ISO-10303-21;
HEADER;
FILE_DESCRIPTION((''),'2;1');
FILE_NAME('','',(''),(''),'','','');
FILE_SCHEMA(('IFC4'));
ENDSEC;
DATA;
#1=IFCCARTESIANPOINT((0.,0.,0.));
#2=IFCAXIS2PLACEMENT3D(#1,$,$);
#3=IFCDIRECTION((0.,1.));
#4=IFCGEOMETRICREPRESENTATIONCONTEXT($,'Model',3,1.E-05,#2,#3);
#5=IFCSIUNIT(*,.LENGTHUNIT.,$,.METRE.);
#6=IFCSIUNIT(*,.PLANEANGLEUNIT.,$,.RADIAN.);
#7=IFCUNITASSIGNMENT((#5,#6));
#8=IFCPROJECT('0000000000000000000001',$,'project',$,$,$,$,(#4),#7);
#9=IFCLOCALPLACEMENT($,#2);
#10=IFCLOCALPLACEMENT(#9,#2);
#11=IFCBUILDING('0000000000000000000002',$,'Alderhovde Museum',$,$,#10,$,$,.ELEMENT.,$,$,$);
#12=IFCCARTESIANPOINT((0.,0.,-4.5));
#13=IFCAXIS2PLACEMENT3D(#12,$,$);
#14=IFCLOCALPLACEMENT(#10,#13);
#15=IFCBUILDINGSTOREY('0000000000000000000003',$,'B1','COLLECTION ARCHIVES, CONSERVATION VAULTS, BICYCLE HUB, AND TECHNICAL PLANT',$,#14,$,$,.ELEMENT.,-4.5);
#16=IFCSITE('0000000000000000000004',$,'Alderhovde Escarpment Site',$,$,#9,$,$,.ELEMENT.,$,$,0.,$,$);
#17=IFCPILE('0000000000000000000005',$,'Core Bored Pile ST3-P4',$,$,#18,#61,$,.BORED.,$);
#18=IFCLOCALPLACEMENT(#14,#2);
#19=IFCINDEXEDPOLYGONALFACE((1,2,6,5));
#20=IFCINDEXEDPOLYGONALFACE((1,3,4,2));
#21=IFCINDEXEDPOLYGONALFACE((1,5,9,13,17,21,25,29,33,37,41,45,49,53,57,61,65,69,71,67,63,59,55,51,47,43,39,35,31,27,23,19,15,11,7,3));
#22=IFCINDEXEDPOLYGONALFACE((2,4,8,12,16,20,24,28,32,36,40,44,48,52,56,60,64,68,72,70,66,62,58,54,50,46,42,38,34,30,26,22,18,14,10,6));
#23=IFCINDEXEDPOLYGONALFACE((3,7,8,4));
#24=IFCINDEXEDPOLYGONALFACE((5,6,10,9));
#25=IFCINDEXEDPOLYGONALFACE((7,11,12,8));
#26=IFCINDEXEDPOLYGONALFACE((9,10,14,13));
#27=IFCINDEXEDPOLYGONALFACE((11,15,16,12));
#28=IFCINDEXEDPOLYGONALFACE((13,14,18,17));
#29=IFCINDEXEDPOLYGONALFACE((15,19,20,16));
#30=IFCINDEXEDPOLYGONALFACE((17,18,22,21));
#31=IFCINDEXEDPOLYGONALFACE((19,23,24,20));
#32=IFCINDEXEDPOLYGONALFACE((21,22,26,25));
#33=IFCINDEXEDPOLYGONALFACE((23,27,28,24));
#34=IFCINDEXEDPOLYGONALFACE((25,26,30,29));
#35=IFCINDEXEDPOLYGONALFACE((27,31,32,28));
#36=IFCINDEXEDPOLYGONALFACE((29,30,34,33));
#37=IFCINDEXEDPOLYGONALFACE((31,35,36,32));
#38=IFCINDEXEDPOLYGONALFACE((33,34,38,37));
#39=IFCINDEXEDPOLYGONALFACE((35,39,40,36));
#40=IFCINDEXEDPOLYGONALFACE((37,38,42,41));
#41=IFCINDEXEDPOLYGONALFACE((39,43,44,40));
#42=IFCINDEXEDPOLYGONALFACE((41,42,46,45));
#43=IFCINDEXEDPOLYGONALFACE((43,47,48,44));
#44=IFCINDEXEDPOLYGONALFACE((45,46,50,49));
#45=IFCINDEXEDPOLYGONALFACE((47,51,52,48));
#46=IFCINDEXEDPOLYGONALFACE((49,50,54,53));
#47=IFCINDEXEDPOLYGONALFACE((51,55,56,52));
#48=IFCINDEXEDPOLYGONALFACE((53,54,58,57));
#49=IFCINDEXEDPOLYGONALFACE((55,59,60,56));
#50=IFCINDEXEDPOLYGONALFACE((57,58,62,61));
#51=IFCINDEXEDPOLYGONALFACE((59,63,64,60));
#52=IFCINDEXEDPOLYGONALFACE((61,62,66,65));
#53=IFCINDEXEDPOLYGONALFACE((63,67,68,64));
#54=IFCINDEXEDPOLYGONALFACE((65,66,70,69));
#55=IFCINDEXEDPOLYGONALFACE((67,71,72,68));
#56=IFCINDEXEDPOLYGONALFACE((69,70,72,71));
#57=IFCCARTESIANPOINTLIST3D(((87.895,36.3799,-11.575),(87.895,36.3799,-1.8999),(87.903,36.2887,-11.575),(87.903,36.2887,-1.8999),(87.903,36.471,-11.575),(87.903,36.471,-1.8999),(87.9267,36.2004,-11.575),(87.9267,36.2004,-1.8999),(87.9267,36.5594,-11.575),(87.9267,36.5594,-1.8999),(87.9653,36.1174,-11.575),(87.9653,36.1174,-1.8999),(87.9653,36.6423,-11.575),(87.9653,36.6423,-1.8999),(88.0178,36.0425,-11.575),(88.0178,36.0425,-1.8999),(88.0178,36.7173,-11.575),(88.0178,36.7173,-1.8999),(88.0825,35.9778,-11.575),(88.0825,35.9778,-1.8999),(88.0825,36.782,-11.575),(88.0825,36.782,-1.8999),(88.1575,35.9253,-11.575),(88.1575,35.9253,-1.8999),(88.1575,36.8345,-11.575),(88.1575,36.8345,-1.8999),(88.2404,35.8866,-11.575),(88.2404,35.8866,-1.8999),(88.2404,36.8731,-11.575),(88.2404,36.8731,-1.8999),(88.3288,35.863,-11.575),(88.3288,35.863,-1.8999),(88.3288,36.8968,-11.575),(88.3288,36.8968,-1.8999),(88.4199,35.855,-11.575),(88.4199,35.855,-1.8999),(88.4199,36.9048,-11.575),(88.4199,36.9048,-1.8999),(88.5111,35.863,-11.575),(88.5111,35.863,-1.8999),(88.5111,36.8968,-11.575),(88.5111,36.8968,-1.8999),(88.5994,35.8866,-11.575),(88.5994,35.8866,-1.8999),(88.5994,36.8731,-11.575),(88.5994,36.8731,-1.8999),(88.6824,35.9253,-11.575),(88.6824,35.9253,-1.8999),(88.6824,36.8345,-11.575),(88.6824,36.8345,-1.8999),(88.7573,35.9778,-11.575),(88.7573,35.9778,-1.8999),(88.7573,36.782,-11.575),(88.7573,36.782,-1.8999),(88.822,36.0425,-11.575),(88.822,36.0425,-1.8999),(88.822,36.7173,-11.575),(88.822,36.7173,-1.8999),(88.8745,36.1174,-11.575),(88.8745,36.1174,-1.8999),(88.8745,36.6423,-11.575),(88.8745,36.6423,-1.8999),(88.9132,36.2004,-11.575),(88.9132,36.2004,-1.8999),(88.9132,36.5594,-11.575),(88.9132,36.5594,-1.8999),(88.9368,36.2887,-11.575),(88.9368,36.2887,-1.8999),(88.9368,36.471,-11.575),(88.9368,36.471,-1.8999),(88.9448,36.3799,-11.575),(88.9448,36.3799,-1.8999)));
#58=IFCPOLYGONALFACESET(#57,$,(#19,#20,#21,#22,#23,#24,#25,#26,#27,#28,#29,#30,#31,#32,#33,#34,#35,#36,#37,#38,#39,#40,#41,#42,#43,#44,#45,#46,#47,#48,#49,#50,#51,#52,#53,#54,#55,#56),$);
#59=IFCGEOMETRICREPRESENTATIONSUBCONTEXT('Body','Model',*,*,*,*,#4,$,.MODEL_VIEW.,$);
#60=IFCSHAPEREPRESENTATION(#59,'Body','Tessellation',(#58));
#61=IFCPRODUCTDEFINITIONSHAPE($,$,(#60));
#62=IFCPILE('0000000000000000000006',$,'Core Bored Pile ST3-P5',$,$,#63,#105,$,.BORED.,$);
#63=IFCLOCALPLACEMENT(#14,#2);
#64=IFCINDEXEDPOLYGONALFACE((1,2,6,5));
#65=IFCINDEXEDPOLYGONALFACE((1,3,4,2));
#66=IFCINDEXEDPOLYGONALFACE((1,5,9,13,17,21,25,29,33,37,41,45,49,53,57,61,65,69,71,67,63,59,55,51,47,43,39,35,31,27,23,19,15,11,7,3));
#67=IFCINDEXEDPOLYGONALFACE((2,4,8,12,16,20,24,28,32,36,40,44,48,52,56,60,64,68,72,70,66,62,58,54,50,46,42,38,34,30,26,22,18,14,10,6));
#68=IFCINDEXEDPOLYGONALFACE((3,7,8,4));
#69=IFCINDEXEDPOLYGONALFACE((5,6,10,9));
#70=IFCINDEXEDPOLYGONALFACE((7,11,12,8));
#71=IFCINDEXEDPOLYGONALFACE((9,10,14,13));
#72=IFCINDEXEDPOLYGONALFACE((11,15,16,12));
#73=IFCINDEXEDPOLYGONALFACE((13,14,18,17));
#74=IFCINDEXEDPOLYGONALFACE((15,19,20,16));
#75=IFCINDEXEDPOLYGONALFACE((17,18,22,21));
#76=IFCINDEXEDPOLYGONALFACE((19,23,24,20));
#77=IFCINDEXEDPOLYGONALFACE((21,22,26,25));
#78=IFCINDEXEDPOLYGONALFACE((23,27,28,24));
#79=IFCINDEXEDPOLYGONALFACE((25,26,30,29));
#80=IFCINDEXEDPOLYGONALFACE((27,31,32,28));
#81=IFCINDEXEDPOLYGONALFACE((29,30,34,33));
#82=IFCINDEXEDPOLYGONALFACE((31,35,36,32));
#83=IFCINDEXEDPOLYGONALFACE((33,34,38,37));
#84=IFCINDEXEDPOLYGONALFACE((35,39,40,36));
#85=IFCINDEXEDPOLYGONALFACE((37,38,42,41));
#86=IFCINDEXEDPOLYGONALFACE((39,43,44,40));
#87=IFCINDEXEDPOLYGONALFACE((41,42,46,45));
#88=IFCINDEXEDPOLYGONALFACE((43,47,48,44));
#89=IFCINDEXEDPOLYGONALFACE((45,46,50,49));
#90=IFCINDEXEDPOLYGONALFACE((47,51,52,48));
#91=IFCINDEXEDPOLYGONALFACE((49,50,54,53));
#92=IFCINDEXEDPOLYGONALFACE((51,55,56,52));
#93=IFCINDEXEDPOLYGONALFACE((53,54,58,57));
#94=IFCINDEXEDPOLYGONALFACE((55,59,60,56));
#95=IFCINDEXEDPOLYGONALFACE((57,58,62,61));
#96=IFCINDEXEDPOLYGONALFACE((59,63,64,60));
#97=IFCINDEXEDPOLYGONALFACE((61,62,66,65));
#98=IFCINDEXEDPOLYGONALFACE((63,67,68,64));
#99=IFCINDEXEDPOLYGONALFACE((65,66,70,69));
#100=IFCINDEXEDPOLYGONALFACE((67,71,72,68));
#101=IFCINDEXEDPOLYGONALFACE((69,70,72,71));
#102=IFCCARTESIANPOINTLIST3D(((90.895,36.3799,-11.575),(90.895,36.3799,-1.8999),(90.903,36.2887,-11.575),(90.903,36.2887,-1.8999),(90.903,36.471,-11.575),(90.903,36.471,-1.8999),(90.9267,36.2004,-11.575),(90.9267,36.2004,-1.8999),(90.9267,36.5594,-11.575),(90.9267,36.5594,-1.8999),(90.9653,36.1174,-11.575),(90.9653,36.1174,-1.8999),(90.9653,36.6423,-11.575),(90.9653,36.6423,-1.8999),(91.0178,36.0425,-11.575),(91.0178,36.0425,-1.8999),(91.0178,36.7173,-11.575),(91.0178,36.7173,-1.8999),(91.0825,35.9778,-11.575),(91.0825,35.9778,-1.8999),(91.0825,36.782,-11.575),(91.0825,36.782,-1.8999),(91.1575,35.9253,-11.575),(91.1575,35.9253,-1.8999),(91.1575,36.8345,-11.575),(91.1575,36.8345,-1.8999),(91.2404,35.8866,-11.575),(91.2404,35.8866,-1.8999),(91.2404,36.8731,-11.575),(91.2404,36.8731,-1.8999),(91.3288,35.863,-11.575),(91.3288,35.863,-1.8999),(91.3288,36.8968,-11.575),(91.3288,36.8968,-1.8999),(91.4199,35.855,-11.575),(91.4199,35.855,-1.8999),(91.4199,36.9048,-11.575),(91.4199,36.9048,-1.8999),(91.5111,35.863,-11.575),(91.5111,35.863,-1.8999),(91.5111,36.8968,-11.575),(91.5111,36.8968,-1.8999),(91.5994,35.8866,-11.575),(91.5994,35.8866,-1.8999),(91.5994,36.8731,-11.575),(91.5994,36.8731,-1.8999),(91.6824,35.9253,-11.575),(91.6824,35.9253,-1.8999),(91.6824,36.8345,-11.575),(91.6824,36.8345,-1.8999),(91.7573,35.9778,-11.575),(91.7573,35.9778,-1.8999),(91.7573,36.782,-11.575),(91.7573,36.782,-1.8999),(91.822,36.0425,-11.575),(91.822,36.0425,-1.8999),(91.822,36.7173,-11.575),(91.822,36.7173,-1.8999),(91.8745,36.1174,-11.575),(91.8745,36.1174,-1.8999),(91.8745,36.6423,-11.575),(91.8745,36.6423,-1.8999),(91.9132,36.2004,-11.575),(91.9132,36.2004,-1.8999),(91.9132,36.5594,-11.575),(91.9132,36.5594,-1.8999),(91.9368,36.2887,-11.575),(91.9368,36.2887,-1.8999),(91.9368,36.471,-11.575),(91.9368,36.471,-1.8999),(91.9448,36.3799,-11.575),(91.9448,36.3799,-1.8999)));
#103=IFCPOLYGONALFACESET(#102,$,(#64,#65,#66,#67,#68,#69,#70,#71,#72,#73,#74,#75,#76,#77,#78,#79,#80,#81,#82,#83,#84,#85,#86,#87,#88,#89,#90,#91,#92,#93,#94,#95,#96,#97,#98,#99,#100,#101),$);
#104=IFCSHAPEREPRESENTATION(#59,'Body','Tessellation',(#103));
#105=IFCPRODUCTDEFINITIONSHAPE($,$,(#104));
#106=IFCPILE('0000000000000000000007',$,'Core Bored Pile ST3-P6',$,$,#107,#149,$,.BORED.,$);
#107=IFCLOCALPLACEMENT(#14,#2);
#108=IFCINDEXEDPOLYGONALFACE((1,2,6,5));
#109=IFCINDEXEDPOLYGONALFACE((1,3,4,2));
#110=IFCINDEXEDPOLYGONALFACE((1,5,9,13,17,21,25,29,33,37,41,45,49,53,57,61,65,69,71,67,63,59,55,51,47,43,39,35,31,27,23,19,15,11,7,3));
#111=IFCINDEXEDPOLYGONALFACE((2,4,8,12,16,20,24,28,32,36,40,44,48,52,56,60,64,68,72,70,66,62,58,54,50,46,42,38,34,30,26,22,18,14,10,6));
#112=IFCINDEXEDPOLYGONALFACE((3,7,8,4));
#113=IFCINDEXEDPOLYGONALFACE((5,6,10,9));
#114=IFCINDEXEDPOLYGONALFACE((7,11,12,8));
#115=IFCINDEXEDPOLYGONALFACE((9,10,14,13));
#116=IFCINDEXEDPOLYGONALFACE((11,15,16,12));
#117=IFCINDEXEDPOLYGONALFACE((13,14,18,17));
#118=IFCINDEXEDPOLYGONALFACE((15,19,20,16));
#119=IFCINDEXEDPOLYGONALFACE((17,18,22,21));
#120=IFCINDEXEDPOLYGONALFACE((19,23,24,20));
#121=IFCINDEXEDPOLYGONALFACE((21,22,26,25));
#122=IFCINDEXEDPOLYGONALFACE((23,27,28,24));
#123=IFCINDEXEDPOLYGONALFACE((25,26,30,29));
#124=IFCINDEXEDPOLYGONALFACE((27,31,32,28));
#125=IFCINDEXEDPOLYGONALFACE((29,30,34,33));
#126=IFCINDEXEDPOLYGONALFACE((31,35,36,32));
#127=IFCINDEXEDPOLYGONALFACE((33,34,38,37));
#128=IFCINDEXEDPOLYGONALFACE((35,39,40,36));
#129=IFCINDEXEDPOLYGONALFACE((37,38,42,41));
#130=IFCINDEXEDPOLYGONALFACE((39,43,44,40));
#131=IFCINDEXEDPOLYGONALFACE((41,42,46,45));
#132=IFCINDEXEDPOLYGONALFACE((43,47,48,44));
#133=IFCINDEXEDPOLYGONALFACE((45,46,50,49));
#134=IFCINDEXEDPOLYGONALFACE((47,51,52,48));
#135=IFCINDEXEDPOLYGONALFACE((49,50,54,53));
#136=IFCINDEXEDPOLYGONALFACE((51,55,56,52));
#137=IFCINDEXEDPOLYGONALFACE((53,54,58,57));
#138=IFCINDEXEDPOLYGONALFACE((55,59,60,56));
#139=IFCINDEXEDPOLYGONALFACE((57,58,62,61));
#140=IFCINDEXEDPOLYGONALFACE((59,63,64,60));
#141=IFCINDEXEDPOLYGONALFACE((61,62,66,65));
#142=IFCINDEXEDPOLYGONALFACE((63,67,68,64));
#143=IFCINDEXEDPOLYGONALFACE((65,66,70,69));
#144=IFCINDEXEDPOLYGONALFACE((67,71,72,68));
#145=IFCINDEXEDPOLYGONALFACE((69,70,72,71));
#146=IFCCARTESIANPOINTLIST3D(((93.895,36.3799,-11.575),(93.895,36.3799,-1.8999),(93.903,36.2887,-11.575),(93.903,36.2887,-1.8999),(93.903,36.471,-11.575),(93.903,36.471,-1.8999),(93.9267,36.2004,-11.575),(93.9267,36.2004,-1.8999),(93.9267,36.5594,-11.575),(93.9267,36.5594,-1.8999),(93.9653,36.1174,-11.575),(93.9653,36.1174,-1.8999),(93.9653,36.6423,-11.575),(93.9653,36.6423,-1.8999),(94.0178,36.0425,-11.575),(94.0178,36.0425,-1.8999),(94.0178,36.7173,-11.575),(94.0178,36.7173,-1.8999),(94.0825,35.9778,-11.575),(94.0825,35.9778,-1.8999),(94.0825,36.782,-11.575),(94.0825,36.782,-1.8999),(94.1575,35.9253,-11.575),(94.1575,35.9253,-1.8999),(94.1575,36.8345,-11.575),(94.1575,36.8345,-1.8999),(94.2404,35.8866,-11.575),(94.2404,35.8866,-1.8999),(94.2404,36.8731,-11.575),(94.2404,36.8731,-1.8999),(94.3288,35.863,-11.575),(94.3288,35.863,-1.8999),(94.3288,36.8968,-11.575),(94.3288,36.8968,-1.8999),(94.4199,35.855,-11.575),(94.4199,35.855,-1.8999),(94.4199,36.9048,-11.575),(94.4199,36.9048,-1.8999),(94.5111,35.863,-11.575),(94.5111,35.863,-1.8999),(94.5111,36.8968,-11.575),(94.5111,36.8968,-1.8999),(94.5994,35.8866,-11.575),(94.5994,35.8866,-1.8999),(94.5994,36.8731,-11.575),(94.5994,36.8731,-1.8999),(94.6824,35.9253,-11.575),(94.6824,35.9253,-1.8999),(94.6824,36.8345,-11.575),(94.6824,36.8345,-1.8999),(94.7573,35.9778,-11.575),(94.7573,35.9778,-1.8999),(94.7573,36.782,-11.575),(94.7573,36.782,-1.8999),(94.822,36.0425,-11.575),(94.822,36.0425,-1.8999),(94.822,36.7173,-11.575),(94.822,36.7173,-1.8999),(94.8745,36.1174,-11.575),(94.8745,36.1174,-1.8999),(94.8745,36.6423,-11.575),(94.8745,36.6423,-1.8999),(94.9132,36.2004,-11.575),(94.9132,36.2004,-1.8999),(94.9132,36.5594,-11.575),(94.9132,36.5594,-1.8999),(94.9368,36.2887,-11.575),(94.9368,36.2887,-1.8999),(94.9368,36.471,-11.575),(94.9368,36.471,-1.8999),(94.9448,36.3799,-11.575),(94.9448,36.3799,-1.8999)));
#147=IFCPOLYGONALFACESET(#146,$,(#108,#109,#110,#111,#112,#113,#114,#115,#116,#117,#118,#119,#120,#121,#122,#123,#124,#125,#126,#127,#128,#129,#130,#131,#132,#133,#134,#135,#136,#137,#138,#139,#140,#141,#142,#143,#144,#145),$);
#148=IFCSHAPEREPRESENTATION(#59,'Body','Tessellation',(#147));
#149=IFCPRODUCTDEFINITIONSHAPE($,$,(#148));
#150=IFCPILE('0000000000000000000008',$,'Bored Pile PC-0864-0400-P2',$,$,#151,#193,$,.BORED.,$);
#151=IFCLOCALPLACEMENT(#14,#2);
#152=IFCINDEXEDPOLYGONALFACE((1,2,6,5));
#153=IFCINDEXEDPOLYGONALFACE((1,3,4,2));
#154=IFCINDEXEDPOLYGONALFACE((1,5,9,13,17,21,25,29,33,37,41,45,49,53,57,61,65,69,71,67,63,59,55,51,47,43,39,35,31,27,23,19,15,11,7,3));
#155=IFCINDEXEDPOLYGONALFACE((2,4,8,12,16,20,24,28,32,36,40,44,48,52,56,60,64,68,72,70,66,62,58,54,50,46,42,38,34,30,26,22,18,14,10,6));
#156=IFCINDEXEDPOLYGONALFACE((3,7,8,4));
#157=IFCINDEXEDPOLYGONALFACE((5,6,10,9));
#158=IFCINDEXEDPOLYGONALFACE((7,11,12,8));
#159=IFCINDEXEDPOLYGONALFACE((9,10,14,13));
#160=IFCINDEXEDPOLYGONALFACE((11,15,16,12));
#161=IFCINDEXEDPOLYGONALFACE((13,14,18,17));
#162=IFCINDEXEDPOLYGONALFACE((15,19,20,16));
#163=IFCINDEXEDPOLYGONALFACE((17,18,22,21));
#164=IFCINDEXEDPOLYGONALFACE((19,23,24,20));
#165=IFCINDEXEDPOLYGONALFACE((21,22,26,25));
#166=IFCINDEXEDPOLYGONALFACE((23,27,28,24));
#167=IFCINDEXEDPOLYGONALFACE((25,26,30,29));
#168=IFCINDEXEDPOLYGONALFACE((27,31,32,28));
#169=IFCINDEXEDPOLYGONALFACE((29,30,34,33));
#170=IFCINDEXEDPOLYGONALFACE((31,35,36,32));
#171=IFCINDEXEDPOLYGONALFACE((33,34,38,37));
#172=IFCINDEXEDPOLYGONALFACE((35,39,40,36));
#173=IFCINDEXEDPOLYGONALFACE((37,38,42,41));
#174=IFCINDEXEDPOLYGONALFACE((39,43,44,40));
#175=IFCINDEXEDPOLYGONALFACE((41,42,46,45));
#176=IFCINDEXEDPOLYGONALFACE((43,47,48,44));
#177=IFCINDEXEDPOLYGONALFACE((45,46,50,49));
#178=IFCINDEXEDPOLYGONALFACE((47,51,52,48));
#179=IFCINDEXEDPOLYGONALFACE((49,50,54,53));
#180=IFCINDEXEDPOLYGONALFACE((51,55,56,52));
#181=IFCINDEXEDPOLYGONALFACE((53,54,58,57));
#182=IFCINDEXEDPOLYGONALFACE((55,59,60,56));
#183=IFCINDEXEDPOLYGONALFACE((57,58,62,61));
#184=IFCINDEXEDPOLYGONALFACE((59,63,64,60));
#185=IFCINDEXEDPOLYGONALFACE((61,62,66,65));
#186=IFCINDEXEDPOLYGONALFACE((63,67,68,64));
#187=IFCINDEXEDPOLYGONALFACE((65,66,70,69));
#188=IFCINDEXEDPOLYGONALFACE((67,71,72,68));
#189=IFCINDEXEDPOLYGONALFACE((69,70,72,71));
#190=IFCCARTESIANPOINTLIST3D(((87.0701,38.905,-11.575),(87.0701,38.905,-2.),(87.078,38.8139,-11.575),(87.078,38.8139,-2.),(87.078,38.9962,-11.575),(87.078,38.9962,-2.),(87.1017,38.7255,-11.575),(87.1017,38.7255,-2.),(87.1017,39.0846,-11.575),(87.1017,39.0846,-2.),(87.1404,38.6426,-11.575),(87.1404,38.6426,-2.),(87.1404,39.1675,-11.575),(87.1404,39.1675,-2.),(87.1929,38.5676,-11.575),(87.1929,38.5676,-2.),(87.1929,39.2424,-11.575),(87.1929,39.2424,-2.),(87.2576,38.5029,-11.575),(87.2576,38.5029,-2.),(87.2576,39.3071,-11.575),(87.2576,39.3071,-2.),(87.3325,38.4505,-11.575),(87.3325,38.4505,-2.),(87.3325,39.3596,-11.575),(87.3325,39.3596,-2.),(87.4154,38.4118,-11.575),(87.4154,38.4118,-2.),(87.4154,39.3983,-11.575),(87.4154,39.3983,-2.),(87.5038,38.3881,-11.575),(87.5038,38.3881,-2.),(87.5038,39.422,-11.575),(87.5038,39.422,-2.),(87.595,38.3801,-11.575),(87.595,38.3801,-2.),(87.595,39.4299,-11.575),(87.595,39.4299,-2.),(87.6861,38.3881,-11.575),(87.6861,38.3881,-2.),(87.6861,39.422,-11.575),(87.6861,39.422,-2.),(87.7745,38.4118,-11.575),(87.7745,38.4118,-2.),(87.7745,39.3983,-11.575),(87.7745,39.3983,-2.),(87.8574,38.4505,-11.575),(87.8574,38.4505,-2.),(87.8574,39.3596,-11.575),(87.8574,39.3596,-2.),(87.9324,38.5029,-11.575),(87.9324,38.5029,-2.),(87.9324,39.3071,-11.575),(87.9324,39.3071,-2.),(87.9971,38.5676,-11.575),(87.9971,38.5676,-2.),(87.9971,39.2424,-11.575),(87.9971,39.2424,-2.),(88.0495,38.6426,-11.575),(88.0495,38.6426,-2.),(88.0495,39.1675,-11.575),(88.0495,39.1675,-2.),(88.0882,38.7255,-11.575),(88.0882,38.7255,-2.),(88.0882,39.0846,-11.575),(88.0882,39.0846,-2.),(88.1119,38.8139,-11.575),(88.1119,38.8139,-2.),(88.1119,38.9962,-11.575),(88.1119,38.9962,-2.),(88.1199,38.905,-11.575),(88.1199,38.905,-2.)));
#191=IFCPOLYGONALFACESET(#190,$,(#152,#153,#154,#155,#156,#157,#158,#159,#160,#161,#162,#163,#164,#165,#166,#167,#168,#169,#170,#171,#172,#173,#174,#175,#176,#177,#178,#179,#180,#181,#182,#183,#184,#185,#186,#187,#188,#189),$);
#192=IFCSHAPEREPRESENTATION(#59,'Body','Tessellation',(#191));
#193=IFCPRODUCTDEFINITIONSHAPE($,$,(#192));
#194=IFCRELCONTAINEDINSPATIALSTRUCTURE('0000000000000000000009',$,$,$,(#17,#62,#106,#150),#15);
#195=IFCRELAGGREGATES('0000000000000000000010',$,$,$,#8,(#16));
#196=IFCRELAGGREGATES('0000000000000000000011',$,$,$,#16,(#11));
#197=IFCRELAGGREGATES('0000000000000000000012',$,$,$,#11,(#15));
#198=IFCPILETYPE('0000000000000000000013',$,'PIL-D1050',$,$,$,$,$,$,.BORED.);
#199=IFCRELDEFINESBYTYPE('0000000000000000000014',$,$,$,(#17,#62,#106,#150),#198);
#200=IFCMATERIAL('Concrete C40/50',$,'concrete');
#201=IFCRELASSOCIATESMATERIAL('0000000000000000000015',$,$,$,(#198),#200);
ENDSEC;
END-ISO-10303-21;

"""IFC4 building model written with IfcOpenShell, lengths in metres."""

from ifc_helpers import new_model, si_unit, direction, frame, origin, origin_2d, place, context, subcontext, project, spatial, circle, extrude, material, material_profile, profile_set, type_object, element, save


model = new_model("IFC4")

# Units and contexts
model_context = context("Model", 3, precision=1e-05, world=origin(), true_north=direction((0.0, 1.0)))
body_context = subcontext(model_context, "Body", "Model", "MODEL_VIEW")
ifc_project = project(units=[si_unit("LENGTHUNIT", "METRE"), si_unit("PLANEANGLEUNIT", "RADIAN")], contexts=[model_context])

# Site, building, storey
site_placement = place(None, origin())
site = spatial("IfcSite", under=ifc_project, at=site_placement, Name="Alderhovde Escarpment Site", CompositionType="ELEMENT", RefElevation=0.0)
building_placement = place(site_placement, origin())
building = spatial("IfcBuilding", under=site, at=building_placement, Name="Alderhovde Museum", CompositionType="ELEMENT")
storey_placement = place(building_placement, frame((0.0, 0.0, -4.5)))
storey = spatial("IfcBuildingStorey", under=building, at=storey_placement, Name="B1", Description="COLLECTION ARCHIVES, CONSERVATION VAULTS, BICYCLE HUB, AND TECHNICAL PLANT", CompositionType="ELEMENT", Elevation=-4.5)

# Piles
ifc_material_1 = material(Name="Concrete C40/50", Category="concrete")
ifc_material_profile_1 = material_profile(ifc_material_1, circle(Radius=0.5249, at=origin_2d()), Name="PILE-D1050")
ifc_profile_set_1 = profile_set([ifc_material_profile_1], Name="Concrete C40/50")
pile_type_1 = type_object("IfcPileType", Name="PIL-D1050", PredefinedType="BORED", material=ifc_profile_set_1)
for number, where, z_axis, x_axis, name in (
    (1, (88.4199, 36.3799, -1.8999), (0.0, 0.0, -1.0), (1.0, 0.0, 0.0), "Core Bored Pile ST3-P4"),
    (2, (91.4199, 36.3799, -1.8999), (0.0, 0.0, -1.0), (1.0, 0.0, 0.0), "Core Bored Pile ST3-P5"),
    (3, (94.4199, 36.3799, -1.8999), (0.0, 0.0, -1.0), (1.0, 0.0, 0.0), "Core Bored Pile ST3-P6"),
):
    element("IfcPile", number, at=place(storey_placement, frame(where, z_axis=z_axis, x_axis=x_axis)), inside=storey, type_object=pile_type_1, Name=name, PredefinedType="BORED", context=body_context, shape_type="SweptSolid", body=[
        extrude(circle(Radius=0.5249, at=origin_2d()), origin(), (0.0, 0.0, 1.0), 9.675),
    ])
for number, where, z_axis, x_axis, name in (
    (4, (87.595, 38.905, -2.0), (0.0, 0.0, -1.0), (1.0, 0.0, 0.0), "Bored Pile PC-0864-0400-P2"),
):
    element("IfcPile", number, at=place(storey_placement, frame(where, z_axis=z_axis, x_axis=x_axis)), inside=storey, type_object=pile_type_1, Name=name, PredefinedType="BORED", context=body_context, shape_type="SweptSolid", body=[
        extrude(circle(Radius=0.5249, at=origin_2d()), origin(), (0.0, 0.0, 1.0), 9.575),
    ])

save(model, "model.ifc")
